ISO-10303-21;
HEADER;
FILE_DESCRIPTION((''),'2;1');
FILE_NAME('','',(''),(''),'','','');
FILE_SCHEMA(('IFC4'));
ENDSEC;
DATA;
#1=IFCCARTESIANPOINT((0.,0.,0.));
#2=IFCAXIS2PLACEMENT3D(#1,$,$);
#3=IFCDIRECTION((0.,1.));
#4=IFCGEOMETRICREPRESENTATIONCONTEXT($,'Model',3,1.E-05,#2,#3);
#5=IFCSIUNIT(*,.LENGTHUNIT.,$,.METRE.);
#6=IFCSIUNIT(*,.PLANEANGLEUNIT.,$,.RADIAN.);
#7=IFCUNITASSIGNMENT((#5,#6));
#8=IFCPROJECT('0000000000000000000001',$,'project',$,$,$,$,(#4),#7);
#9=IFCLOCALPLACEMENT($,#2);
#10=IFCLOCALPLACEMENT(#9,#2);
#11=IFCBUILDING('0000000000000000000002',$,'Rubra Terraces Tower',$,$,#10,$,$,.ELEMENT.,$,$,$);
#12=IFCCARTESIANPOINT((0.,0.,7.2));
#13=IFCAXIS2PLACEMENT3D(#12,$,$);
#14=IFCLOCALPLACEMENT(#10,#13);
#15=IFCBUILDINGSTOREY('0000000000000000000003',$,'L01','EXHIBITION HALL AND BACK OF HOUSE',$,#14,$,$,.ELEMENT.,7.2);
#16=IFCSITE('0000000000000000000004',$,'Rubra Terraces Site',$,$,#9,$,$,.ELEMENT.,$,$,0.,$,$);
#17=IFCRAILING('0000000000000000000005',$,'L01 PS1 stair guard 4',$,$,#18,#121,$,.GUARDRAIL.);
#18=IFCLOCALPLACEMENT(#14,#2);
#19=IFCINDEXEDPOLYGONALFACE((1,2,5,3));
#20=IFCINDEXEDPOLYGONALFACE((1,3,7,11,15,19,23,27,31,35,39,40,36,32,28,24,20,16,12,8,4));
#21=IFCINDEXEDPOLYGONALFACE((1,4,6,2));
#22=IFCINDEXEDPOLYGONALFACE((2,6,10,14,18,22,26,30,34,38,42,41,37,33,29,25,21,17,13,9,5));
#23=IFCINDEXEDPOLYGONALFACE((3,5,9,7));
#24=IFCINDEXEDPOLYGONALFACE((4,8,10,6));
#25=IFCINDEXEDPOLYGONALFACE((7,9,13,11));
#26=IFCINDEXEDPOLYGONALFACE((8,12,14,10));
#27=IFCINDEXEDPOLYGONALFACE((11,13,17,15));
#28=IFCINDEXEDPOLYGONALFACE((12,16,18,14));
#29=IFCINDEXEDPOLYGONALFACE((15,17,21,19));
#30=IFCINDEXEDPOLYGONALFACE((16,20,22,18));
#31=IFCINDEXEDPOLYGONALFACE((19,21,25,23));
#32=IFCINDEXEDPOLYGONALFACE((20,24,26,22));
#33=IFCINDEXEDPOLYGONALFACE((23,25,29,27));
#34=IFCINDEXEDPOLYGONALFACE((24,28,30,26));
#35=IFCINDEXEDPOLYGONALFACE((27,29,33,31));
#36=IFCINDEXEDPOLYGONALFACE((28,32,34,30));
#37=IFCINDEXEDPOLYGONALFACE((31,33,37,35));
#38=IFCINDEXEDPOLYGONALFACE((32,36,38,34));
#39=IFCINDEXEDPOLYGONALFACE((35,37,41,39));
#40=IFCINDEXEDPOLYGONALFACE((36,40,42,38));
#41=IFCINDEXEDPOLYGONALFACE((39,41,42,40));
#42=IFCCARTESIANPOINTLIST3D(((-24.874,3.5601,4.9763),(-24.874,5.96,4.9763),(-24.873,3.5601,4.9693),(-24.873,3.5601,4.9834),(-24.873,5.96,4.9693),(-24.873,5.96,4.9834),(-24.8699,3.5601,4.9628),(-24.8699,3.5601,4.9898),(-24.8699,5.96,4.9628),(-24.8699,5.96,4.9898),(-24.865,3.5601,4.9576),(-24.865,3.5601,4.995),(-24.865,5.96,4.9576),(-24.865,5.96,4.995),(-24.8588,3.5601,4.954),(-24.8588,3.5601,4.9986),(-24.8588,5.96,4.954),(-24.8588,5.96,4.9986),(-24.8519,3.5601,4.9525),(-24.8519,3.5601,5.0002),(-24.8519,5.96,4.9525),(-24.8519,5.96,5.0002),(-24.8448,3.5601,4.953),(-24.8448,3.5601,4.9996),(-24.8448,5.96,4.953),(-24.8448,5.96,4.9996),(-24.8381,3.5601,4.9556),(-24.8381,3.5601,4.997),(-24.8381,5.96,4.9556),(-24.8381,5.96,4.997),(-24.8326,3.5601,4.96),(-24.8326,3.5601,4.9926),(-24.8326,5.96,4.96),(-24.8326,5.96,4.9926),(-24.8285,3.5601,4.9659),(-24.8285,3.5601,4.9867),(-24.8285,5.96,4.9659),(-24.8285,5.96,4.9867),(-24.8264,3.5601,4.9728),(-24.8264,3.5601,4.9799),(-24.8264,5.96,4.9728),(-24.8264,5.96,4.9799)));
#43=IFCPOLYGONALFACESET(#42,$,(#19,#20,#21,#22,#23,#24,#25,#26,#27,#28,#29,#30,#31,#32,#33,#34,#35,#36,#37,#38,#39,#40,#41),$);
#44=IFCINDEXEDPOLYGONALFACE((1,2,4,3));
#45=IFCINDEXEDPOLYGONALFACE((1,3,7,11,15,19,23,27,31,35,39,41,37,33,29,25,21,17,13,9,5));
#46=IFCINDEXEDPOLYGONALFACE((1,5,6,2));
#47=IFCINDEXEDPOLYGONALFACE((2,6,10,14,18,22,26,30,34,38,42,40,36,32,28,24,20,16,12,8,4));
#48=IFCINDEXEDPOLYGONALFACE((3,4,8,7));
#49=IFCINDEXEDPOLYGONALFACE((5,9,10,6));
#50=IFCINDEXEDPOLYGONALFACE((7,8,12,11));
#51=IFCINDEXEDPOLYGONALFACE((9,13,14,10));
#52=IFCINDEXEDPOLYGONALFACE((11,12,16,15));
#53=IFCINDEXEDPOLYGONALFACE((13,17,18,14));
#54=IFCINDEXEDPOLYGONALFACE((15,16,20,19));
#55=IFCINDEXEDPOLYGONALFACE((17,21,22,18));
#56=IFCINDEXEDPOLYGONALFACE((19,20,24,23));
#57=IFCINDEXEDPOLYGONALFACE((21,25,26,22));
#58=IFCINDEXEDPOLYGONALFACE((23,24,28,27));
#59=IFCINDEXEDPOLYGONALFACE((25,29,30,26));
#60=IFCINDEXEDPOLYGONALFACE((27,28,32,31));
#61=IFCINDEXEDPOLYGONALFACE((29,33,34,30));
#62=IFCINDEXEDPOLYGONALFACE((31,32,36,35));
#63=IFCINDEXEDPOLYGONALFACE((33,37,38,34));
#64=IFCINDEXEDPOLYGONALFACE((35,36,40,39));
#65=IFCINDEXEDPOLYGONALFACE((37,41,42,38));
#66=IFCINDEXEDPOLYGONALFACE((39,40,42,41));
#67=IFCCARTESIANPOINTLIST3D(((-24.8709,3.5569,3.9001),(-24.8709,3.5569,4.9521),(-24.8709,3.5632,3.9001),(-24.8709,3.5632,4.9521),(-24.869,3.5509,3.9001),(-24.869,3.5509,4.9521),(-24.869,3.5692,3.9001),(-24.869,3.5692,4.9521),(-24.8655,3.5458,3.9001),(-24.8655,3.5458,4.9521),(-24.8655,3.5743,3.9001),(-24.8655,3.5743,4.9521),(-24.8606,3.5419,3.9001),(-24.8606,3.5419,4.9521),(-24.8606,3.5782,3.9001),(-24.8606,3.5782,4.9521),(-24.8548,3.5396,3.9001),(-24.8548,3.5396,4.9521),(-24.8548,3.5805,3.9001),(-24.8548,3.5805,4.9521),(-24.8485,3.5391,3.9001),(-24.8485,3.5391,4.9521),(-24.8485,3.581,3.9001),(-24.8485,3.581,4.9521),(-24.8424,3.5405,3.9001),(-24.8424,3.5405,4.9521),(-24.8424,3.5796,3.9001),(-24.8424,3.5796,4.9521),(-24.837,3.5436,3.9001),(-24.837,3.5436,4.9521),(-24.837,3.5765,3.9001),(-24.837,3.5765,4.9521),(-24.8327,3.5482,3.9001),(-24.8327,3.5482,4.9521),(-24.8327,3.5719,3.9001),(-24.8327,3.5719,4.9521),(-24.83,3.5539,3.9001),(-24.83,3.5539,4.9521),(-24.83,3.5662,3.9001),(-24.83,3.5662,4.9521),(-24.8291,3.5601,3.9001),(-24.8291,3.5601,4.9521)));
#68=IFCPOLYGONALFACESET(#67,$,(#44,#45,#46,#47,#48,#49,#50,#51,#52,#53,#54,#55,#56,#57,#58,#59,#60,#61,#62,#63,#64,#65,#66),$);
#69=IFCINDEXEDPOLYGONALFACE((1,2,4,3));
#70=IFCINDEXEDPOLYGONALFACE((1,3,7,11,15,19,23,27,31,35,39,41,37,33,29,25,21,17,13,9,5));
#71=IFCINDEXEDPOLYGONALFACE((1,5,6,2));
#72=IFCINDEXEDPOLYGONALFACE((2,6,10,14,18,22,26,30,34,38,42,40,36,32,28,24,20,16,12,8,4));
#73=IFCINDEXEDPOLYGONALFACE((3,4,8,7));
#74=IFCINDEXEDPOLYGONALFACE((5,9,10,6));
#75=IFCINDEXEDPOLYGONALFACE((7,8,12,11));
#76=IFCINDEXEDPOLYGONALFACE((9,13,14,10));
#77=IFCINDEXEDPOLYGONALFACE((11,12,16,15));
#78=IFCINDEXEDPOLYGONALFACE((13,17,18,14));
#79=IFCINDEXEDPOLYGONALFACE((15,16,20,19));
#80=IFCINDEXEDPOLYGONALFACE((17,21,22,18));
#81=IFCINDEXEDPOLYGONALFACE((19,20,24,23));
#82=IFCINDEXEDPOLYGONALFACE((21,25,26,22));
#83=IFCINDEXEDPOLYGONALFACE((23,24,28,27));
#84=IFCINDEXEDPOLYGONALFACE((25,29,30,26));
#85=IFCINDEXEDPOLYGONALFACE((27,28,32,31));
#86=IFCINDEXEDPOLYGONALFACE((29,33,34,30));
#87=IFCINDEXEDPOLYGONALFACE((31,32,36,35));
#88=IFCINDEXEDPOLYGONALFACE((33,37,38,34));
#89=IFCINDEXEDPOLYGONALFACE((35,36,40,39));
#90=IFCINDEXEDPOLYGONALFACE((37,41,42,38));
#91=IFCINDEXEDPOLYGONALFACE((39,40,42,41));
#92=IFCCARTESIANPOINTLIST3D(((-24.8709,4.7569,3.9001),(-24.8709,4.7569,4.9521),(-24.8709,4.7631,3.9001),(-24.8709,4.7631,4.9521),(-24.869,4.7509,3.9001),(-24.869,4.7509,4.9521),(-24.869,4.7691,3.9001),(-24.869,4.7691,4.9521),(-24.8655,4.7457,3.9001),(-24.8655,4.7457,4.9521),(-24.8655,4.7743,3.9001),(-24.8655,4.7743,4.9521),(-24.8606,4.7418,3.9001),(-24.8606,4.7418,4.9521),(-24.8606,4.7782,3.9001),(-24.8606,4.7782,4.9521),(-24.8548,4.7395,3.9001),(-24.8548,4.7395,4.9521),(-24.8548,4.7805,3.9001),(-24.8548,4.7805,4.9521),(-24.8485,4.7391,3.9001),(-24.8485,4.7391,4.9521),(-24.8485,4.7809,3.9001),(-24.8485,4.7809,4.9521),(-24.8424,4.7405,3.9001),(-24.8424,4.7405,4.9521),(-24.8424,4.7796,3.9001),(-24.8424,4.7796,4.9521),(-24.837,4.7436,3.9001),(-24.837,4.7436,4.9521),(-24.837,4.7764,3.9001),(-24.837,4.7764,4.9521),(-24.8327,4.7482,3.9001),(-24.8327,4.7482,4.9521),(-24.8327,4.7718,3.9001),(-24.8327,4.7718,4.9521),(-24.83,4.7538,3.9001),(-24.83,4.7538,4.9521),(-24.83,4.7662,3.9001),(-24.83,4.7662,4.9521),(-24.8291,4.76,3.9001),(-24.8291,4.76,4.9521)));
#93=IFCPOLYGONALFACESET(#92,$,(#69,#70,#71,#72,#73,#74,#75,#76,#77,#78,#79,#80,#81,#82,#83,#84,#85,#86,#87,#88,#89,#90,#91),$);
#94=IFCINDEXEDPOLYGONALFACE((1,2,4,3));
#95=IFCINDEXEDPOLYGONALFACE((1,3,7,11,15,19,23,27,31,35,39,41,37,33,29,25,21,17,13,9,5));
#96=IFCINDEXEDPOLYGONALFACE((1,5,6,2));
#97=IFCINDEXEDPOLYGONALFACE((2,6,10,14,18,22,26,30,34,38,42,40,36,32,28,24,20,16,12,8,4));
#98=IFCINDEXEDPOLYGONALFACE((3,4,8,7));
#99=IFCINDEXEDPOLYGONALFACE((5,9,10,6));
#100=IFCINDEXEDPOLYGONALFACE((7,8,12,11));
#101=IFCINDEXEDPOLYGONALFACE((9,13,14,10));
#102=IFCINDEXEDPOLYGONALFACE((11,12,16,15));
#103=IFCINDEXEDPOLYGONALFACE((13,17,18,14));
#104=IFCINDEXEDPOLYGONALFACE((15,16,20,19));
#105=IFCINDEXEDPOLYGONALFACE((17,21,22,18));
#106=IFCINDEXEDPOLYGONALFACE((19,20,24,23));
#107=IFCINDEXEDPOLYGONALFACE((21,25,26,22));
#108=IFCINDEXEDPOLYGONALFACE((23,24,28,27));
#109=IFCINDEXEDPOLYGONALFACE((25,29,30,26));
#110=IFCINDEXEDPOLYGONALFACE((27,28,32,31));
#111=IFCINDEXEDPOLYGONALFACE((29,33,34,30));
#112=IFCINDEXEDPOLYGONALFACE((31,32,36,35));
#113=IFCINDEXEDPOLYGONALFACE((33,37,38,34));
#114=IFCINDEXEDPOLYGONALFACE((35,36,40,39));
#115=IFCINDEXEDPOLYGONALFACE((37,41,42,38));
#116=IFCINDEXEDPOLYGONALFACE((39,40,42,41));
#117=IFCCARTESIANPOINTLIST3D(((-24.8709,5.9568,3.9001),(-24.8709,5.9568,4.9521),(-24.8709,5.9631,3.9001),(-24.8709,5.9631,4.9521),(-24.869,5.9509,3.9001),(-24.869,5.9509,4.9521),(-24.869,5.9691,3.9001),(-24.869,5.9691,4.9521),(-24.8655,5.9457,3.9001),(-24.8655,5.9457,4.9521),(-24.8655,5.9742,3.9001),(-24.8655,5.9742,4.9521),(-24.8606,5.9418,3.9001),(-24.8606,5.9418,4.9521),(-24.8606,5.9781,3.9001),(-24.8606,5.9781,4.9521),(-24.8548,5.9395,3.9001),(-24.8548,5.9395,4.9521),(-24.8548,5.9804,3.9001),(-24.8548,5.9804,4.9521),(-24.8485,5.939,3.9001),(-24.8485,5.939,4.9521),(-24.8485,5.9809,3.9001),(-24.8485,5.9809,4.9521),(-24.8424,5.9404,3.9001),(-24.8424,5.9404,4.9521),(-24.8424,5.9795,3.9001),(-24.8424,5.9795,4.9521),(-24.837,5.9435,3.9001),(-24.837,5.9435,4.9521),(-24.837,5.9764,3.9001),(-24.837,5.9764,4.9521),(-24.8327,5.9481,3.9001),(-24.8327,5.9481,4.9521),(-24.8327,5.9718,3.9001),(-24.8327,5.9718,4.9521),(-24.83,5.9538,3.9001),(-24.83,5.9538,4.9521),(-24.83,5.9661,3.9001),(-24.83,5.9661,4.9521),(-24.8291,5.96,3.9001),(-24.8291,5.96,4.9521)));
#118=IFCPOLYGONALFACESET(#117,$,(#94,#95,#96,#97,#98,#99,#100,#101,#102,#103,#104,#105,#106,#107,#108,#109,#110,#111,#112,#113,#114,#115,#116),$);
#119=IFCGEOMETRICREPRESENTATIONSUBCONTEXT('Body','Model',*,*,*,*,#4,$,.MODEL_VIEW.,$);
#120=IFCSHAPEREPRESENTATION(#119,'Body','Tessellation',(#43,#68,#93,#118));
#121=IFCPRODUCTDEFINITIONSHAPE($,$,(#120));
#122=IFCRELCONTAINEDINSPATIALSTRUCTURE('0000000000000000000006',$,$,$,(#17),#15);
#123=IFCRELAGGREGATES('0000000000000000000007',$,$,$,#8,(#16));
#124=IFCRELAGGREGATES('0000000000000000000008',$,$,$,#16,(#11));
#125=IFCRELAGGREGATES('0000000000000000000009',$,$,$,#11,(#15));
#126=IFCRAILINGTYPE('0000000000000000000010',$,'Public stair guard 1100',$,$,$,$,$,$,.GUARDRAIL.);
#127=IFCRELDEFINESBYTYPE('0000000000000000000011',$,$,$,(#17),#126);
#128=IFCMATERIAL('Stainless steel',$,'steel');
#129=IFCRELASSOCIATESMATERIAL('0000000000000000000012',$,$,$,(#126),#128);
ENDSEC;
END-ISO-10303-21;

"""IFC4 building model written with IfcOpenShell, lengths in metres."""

from ifc_helpers import new_model, si_unit, direction, frame, origin, origin_2d, place, context, subcontext, project, spatial, circle, extrude, material, type_object, element, save


model = new_model("IFC4")

# Units and contexts
model_context = context("Model", 3, precision=1e-05, world=origin(), true_north=direction((0.0, 1.0)))
body_context = subcontext(model_context, "Body", "Model", "MODEL_VIEW")
ifc_project = project(units=[si_unit("LENGTHUNIT", "METRE"), si_unit("PLANEANGLEUNIT", "RADIAN")], contexts=[model_context])

# Site, building, storey
site_placement = place(None, origin())
site = spatial("IfcSite", under=ifc_project, at=site_placement, Name="Rubra Terraces Site", CompositionType="ELEMENT", RefElevation=0.0)
building_placement = place(site_placement, origin())
building = spatial("IfcBuilding", under=site, at=building_placement, Name="Rubra Terraces Tower", CompositionType="ELEMENT")
storey_placement = place(building_placement, frame((0.0, 0.0, 7.2)))
storey = spatial("IfcBuildingStorey", under=building, at=storey_placement, Name="L01", Description="EXHIBITION HALL AND BACK OF HOUSE", CompositionType="ELEMENT", Elevation=7.2)

# Railing
ifc_material_1 = material(Name="Stainless steel", Category="steel")
railing_type_1 = type_object("IfcRailingType", Name="Public stair guard 1100", PredefinedType="GUARDRAIL", material=ifc_material_1)
for number, where, name in (
    (1, (-24.8501, 3.5601, 3.9001), "L01 PS1 stair guard 4"),
):
    element("IfcRailing", number, at=place(storey_placement, frame(where)), inside=storey, type_object=railing_type_1, Name=name, PredefinedType="GUARDRAIL", context=body_context, shape_type="SweptSolid", body=[
        extrude(circle(Radius=0.0239, at=origin_2d()), frame((0.0, 0.0, 1.0762), z_axis=(0.0, 1.0, 0.0), x_axis=(-1.0, 0.0, 0.0)), (0.0, 0.0, 1.0), 2.3999),
        extrude(circle(Radius=0.021, at=origin_2d()), origin(), (0.0, 0.0, 1.0), 1.052),
        extrude(circle(Radius=0.021, at=origin_2d()), frame((0.0, 1.2, 0.0)), (0.0, 0.0, 1.0), 1.052),
        extrude(circle(Radius=0.021, at=origin_2d()), frame((0.0, 2.3999, 0.0)), (0.0, 0.0, 1.0), 1.052),
    ])

save(model, "model.ifc")
